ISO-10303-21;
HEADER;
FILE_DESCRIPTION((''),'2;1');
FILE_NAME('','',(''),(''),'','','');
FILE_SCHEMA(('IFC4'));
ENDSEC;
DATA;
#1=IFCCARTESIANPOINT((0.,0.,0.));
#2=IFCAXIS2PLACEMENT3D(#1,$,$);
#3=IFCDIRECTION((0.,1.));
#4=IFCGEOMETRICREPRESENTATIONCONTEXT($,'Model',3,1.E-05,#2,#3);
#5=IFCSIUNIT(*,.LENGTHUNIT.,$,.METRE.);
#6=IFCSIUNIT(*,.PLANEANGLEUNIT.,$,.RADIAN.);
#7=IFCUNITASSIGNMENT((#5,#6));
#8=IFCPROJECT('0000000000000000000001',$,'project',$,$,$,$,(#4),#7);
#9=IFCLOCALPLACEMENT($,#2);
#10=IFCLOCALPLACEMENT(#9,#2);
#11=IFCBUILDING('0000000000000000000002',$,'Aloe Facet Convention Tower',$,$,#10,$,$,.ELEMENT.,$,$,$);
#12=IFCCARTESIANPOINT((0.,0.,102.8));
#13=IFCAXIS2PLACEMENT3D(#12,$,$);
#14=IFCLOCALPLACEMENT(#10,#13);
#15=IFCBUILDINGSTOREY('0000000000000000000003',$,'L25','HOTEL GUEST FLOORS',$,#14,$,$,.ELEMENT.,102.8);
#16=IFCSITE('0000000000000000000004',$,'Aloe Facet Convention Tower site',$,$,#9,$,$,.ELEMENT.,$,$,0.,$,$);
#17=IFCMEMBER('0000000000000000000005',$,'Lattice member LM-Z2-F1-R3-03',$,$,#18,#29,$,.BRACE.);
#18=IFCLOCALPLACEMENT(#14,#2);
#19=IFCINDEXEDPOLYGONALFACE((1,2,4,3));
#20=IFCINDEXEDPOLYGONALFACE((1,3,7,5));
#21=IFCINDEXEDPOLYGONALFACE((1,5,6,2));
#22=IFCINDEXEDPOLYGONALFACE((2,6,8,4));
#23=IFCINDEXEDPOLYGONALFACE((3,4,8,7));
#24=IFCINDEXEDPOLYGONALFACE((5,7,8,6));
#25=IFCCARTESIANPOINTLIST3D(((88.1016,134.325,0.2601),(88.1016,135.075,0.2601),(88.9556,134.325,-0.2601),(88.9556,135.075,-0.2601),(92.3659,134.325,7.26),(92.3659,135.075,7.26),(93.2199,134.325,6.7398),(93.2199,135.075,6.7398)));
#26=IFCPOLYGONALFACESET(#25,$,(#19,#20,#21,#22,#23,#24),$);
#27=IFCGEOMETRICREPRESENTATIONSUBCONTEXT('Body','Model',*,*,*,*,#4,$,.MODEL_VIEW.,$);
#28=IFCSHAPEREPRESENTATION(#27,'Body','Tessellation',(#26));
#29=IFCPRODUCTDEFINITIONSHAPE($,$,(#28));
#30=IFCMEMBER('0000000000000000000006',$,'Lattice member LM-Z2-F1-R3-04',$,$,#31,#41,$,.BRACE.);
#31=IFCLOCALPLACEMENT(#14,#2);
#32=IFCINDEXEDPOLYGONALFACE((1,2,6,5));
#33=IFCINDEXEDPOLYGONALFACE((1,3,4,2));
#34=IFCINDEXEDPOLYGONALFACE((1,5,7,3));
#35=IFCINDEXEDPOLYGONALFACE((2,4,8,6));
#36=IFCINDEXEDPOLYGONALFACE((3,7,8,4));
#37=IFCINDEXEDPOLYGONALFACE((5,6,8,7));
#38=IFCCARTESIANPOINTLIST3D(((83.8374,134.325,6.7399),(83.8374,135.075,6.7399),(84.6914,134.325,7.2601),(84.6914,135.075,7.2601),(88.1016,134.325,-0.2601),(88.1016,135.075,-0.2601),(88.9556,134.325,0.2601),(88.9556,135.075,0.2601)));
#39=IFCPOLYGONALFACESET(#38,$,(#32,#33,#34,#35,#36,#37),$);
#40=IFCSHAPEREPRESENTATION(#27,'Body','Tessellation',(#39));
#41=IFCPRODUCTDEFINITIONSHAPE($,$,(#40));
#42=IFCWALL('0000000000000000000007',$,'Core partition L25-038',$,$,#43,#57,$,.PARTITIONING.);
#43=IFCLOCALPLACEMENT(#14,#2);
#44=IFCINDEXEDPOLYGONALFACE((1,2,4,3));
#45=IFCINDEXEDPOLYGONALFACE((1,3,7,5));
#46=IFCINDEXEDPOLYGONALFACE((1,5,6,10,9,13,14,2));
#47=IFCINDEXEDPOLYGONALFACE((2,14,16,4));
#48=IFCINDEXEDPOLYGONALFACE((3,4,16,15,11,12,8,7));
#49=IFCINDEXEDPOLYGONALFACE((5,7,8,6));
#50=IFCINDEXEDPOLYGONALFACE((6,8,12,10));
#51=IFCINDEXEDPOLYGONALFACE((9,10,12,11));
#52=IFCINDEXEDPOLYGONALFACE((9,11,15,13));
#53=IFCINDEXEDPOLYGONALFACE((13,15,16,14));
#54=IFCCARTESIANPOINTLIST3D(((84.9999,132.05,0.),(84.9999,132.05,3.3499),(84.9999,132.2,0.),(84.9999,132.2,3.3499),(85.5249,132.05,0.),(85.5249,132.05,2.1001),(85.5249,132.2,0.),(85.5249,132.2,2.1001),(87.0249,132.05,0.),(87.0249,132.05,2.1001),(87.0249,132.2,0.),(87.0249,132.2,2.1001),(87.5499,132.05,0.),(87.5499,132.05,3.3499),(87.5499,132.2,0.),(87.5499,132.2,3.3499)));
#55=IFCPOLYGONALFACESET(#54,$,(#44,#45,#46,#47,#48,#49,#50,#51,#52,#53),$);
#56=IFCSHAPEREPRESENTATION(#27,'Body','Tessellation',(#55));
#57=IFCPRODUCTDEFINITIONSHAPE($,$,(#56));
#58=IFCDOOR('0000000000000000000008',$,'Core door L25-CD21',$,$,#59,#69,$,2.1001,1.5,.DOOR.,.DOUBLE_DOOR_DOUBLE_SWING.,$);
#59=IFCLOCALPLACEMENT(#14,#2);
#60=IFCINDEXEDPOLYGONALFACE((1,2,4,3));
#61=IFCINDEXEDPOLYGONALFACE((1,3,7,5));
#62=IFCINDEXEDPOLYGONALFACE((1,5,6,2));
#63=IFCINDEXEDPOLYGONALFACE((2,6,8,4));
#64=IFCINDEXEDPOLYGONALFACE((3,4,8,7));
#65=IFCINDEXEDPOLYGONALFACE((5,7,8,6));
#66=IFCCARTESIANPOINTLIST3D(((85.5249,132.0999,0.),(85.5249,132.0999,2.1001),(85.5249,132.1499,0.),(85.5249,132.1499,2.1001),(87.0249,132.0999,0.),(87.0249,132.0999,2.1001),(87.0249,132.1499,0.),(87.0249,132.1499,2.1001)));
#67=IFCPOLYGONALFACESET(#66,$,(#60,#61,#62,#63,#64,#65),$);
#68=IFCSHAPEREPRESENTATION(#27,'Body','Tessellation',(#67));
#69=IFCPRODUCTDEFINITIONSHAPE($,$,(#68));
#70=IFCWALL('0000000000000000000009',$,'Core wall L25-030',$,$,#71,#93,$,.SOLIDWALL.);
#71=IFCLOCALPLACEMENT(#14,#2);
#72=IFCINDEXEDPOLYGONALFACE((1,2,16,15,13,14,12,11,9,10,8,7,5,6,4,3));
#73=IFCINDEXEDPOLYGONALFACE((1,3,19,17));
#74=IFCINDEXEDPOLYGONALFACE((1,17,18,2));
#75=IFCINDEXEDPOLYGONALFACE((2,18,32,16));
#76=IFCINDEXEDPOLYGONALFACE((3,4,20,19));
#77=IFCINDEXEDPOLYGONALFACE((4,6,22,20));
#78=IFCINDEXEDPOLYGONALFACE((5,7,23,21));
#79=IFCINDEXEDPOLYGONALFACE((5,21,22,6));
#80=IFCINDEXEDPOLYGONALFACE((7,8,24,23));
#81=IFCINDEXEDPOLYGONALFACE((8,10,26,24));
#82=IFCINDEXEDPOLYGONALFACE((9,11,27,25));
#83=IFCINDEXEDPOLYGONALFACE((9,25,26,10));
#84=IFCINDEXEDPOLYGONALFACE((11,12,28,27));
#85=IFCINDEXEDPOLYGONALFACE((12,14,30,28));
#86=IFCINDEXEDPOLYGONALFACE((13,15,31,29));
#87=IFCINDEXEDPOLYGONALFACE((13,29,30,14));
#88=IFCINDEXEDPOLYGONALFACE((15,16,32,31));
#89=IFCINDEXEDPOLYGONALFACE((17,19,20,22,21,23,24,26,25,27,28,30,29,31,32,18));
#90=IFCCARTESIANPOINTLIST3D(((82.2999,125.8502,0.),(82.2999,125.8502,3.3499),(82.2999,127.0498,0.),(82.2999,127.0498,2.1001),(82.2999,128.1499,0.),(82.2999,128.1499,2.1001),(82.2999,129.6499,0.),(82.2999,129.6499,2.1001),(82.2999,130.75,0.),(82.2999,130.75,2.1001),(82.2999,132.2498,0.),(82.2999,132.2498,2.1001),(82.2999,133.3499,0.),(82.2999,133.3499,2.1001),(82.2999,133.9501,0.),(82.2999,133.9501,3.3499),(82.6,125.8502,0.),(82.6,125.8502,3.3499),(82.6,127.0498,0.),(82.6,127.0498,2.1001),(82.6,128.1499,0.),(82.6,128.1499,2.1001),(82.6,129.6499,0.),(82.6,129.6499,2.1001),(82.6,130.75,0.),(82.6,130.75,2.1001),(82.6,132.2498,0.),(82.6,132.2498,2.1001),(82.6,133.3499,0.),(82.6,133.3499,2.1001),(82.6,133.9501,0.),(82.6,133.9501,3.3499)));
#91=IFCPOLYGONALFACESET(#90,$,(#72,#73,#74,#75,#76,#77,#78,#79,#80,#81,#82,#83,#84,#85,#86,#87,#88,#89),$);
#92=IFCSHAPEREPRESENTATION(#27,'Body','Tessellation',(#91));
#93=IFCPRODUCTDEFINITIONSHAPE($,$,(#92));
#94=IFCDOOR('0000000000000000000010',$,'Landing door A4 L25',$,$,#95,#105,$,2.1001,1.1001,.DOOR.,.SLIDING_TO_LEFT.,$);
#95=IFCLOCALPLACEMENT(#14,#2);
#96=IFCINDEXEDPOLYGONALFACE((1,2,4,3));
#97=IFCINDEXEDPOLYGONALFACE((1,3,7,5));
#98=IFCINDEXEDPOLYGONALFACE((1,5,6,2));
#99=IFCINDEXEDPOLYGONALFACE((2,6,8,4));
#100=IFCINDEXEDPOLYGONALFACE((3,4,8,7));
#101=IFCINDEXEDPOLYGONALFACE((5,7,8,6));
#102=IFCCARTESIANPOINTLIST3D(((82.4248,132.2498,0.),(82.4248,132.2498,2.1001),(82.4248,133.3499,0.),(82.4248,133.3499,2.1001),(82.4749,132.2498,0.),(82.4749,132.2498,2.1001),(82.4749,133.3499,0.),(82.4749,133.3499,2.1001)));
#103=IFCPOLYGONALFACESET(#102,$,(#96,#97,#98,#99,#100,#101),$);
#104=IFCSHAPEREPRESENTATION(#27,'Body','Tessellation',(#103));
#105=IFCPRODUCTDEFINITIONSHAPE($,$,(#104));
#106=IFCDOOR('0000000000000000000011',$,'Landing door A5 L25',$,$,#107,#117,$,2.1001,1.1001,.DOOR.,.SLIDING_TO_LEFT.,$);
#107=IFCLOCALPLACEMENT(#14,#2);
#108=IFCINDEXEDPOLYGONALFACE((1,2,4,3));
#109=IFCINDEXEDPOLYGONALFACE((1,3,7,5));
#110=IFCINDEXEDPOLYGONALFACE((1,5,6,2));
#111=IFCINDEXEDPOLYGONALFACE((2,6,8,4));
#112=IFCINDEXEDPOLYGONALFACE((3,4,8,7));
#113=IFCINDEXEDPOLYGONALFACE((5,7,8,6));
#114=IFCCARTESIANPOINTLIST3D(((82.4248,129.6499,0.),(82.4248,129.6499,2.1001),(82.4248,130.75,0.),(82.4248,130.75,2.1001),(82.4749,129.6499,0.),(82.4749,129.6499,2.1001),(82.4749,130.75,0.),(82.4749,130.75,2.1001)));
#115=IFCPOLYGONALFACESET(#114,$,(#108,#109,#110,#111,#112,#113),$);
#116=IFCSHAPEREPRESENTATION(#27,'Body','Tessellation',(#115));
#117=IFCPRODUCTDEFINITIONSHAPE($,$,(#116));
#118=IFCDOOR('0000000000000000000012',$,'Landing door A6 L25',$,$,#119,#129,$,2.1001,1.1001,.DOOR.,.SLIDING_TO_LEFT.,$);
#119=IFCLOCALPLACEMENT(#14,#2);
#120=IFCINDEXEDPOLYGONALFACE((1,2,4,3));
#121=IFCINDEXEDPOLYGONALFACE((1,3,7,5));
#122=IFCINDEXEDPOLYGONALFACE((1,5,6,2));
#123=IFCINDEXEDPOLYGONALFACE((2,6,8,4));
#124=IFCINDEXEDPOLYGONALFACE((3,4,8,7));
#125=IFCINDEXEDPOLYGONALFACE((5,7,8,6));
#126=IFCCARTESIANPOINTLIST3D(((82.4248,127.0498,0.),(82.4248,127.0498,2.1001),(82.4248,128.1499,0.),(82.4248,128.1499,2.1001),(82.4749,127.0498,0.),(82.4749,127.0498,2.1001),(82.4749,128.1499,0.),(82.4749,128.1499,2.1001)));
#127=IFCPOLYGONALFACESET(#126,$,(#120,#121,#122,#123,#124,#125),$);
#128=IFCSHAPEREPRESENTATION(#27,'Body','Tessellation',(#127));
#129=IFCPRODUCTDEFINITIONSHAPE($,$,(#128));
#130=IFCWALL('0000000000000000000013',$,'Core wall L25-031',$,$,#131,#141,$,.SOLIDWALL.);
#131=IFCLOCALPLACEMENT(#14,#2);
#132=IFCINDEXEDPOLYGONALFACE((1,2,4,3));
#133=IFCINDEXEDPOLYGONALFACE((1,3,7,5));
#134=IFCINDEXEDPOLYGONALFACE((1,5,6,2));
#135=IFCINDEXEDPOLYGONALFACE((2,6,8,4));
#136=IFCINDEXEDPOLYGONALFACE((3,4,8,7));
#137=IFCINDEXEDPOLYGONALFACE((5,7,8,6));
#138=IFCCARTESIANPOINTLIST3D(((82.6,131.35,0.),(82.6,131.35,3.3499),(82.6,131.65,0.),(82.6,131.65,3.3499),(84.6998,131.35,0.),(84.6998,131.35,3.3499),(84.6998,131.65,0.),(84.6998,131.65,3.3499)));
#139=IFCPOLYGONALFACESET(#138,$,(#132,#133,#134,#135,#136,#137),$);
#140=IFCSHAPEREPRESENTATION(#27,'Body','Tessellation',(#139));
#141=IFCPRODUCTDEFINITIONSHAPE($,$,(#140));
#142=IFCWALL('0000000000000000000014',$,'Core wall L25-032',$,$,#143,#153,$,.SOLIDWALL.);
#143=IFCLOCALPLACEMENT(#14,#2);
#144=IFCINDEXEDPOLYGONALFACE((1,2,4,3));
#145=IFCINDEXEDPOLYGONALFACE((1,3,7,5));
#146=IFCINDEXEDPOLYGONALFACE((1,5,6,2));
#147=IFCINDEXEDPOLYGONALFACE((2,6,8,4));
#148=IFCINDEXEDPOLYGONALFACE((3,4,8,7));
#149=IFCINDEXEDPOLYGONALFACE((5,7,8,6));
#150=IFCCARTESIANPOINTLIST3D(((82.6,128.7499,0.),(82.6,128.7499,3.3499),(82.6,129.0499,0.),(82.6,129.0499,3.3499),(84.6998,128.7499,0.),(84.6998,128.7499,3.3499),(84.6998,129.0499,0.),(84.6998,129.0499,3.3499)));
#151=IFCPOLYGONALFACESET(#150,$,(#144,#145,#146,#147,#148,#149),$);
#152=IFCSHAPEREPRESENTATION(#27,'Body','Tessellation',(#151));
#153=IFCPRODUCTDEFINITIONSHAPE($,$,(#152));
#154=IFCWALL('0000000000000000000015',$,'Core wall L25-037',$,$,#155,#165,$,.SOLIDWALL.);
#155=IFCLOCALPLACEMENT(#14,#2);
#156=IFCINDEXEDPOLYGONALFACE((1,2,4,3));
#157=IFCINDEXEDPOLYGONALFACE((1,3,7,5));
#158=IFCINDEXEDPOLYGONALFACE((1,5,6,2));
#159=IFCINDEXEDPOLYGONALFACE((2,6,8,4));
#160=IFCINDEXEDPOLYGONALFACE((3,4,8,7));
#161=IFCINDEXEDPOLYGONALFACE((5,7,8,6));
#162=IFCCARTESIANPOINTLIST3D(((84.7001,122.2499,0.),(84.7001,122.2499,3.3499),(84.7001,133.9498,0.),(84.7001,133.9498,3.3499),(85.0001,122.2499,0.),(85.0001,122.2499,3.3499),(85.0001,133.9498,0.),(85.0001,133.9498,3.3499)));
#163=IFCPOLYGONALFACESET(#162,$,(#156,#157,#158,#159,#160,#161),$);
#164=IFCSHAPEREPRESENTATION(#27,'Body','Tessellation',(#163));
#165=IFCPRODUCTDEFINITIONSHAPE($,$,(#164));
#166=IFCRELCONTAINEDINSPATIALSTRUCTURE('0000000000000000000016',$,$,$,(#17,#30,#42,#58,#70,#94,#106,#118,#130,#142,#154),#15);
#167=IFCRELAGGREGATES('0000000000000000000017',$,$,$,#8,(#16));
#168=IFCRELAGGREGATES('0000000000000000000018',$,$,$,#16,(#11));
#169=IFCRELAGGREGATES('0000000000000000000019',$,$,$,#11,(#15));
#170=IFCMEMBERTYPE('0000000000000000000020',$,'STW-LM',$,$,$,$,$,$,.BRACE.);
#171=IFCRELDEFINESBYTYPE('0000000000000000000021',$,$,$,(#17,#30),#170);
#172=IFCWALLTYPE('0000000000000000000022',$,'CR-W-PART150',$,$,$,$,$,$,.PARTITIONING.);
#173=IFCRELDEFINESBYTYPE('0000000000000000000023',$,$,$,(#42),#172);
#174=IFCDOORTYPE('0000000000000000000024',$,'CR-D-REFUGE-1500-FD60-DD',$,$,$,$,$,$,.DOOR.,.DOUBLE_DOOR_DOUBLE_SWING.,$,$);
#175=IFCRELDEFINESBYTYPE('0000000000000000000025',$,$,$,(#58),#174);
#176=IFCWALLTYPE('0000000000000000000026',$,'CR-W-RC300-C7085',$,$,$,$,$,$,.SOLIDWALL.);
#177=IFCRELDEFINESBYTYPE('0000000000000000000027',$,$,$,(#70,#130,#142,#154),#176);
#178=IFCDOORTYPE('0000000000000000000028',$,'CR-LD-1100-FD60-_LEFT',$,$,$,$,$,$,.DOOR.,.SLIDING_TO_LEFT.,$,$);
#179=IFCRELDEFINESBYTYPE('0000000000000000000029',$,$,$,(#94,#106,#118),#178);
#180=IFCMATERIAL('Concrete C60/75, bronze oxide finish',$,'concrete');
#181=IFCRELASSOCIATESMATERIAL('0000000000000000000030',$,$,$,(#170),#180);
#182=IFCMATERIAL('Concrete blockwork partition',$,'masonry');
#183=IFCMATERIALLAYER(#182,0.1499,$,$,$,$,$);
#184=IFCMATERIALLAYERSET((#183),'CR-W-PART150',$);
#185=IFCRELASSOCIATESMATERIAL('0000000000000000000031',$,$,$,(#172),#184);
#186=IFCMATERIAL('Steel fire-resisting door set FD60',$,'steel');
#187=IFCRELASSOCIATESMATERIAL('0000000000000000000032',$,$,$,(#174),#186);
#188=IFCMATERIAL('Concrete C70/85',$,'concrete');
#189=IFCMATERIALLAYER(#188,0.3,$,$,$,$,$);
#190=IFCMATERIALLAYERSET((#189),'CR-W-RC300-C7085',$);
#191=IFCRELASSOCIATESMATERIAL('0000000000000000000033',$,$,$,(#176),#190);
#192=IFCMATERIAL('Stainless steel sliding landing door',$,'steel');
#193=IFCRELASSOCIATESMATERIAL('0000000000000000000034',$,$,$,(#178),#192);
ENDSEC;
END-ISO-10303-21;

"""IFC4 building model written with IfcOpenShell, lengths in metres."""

from ifc_helpers import new_model, si_unit, direction, frame, frame_2d, origin, origin_2d, place, context, subcontext, project, spatial, rectangle, extrude, material, layer, layer_set, material_profile, profile_set, type_object, element, fill, save


model = new_model("IFC4")

# Units and contexts
model_context = context("Model", 3, precision=1e-05, world=origin(), true_north=direction((0.0, 1.0)))
body_context = subcontext(model_context, "Body", "Model", "MODEL_VIEW")
ifc_project = project(units=[si_unit("LENGTHUNIT", "METRE"), si_unit("PLANEANGLEUNIT", "RADIAN")], contexts=[model_context])

# Site, building, storey
site_placement = place(None, origin())
site = spatial("IfcSite", under=ifc_project, at=site_placement, Name="Aloe Facet Convention Tower site", CompositionType="ELEMENT", RefElevation=0.0)
building_placement = place(site_placement, origin())
building = spatial("IfcBuilding", under=site, at=building_placement, Name="Aloe Facet Convention Tower", CompositionType="ELEMENT")
storey_placement = place(building_placement, frame((0.0, 0.0, 102.8)))
storey = spatial("IfcBuildingStorey", under=building, at=storey_placement, Name="L25", Description="HOTEL GUEST FLOORS", CompositionType="ELEMENT", Elevation=102.8)

# Members
ifc_material_1 = material(Name="Concrete C60/75, bronze oxide finish", Category="concrete")
ifc_material_profile = material_profile(ifc_material_1, rectangle(XDim=0.75, YDim=1.0, at=origin_2d()), Name="STW-LM")
ifc_profile_set = profile_set([ifc_material_profile], Name="Concrete C60/75, bronze oxide finish")
member_type = type_object("IfcMemberType", Name="STW-LM", PredefinedType="BRACE", material=ifc_profile_set)
for number, where, z_axis, x_axis, name in (
    (1, (88.5286, 134.7, 0.0), (0.520262, 0.0, 0.854007), (0.0, 1.0, 0.0), "Lattice member LM-Z2-F1-R3-03"),
    (2, (88.5286, 134.7, 0.0), (-0.52024, 0.0, 0.85402), (0.0, -1.0, 0.0), "Lattice member LM-Z2-F1-R3-04"),
):
    element("IfcMember", number, at=place(storey_placement, frame(where, z_axis=z_axis, x_axis=x_axis)), inside=storey, type_object=member_type, Name=name, PredefinedType="BRACE", context=body_context, shape_type="SweptSolid", body=[
        extrude(rectangle(XDim=0.75, YDim=1.0, at=origin_2d()), origin(), (0.0, 0.0, 1.0), 8.1965),
    ])

# Wall, opening, door
ifc_material_2 = material(Name="Concrete blockwork partition", Category="masonry")
ifc_layer_1 = layer(ifc_material_2, 0.1499)
ifc_layer_set_1 = layer_set([ifc_layer_1], Name="CR-W-PART150")
wall_type_1 = type_object("IfcWallType", Name="CR-W-PART150", PredefinedType="PARTITIONING", material=ifc_layer_set_1)
wall_1_placement = place(storey_placement, frame((85.0, 132.125, 0.0), z_axis=(0.0, 0.0, 1.0), x_axis=(1.0, 0.0, 0.0)))
wall_1 = element("IfcWall", 3, at=wall_1_placement, inside=storey, type_object=wall_type_1, Name="Core partition L25-038", PredefinedType="PARTITIONING", context=body_context, shape_type="SweptSolid", body=[
    extrude(rectangle(XDim=2.55, YDim=0.1499, at=frame_2d((1.2749, 0.0))), origin(), (0.0, 0.0, 1.0), 3.3499),
])
opening_1_placement = place(wall_1_placement, frame((0.5249, 0.0, 0.0)))
opening_1 = element("IfcOpeningElement", 4, at=opening_1_placement, cuts=wall_1, PredefinedType="OPENING", context=body_context, shape_type="SweptSolid", body=[
    extrude(rectangle(XDim=1.5, YDim=2.1001, at=frame_2d((0.75, 1.05))), frame((0.0, 0.085, 0.0), z_axis=(0.0, -1.0, 0.0), x_axis=(1.0, 0.0, 0.0)), (0.0, 0.0, 1.0), 0.1699),
])
ifc_material_3 = material(Name="Steel fire-resisting door set FD60", Category="steel")
door_type_1 = type_object("IfcDoorType", Name="CR-D-REFUGE-1500-FD60-DD", OperationType="DOUBLE_DOOR_DOUBLE_SWING", PredefinedType="DOOR", material=ifc_material_3)
door_1_placement = place(opening_1_placement, origin())
door_1 = element("IfcDoor", 5, at=door_1_placement, inside=storey, type_object=door_type_1, Name="Core door L25-CD21", OperationType="DOUBLE_DOOR_DOUBLE_SWING", OverallHeight=2.1001, OverallWidth=1.5, PredefinedType="DOOR", context=body_context, shape_type="SweptSolid", body=[
    extrude(rectangle(XDim=1.5, YDim=2.1001, at=frame_2d((0.75, 1.05))), frame((0.0, 0.0249, 0.0), z_axis=(0.0, -1.0, 0.0), x_axis=(1.0, 0.0, 0.0)), (0.0, 0.0, 1.0), 0.05),
])
fill(opening_1, door_1)

# Wall, openings, doors
ifc_material_4 = material(Name="Concrete C70/85", Category="concrete")
ifc_layer_2 = layer(ifc_material_4, 0.3)
ifc_layer_set_2 = layer_set([ifc_layer_2], Name="CR-W-RC300-C7085")
wall_type_2 = type_object("IfcWallType", Name="CR-W-RC300-C7085", PredefinedType="SOLIDWALL", material=ifc_layer_set_2)
wall_2_placement = place(storey_placement, frame((82.45, 133.95, 0.0), z_axis=(0.0, 0.0, 1.0), x_axis=(0.0, -1.0, 0.0)))
wall_2 = element("IfcWall", 6, at=wall_2_placement, inside=storey, type_object=wall_type_2, Name="Core wall L25-030", PredefinedType="SOLIDWALL", context=body_context, shape_type="SweptSolid", body=[
    extrude(rectangle(XDim=8.0999, YDim=0.3, at=frame_2d((4.0498, 0.0))), origin(), (0.0, 0.0, 1.0), 3.3499),
])
opening_2_placement = place(wall_2_placement, frame((0.6001, 0.0, 0.0)))
opening_2 = element("IfcOpeningElement", 7, at=opening_2_placement, cuts=wall_2, PredefinedType="OPENING", context=body_context, shape_type="SweptSolid", body=[
    extrude(rectangle(XDim=1.1001, YDim=2.1001, at=frame_2d((0.55, 1.05))), frame((0.0, 0.1602, 0.0), z_axis=(0.0, -1.0, 0.0), x_axis=(1.0, 0.0, 0.0)), (0.0, 0.0, 1.0), 0.3201),
])
opening_3_placement = place(wall_2_placement, frame((3.2, 0.0, 0.0)))
opening_3 = element("IfcOpeningElement", 8, at=opening_3_placement, cuts=wall_2, PredefinedType="OPENING", context=body_context, shape_type="SweptSolid", body=[
    extrude(rectangle(XDim=1.1001, YDim=2.1001, at=frame_2d((0.55, 1.05))), frame((0.0, 0.1602, 0.0), z_axis=(0.0, -1.0, 0.0), x_axis=(1.0, 0.0, 0.0)), (0.0, 0.0, 1.0), 0.3201),
])
opening_4_placement = place(wall_2_placement, frame((5.8, 0.0, 0.0)))
opening_4 = element("IfcOpeningElement", 9, at=opening_4_placement, cuts=wall_2, PredefinedType="OPENING", context=body_context, shape_type="SweptSolid", body=[
    extrude(rectangle(XDim=1.1001, YDim=2.1001, at=frame_2d((0.55, 1.05))), frame((0.0, 0.1602, 0.0), z_axis=(0.0, -1.0, 0.0), x_axis=(1.0, 0.0, 0.0)), (0.0, 0.0, 1.0), 0.3201),
])
ifc_material_5 = material(Name="Stainless steel sliding landing door", Category="steel")
door_type_2 = type_object("IfcDoorType", Name="CR-LD-1100-FD60-_LEFT", OperationType="SLIDING_TO_LEFT", PredefinedType="DOOR", material=ifc_material_5)
door_2_placement = place(opening_2_placement, origin())
door_2 = element("IfcDoor", 10, at=door_2_placement, inside=storey, type_object=door_type_2, Name="Landing door A4 L25", OperationType="SLIDING_TO_LEFT", OverallHeight=2.1001, OverallWidth=1.1001, PredefinedType="DOOR", context=body_context, shape_type="SweptSolid", body=[
    extrude(rectangle(XDim=1.1001, YDim=2.1001, at=frame_2d((0.55, 1.05))), frame((0.0, 0.0249, 0.0), z_axis=(0.0, -1.0, 0.0), x_axis=(1.0, 0.0, 0.0)), (0.0, 0.0, 1.0), 0.05),
])
fill(opening_2, door_2)
door_3_placement = place(opening_3_placement, origin())
door_3 = element("IfcDoor", 11, at=door_3_placement, inside=storey, type_object=door_type_2, Name="Landing door A5 L25", OperationType="SLIDING_TO_LEFT", OverallHeight=2.1001, OverallWidth=1.1001, PredefinedType="DOOR", context=body_context, shape_type="SweptSolid", body=[
    extrude(rectangle(XDim=1.1001, YDim=2.1001, at=frame_2d((0.55, 1.05))), frame((0.0, 0.0249, 0.0), z_axis=(0.0, -1.0, 0.0), x_axis=(1.0, 0.0, 0.0)), (0.0, 0.0, 1.0), 0.05),
])
fill(opening_3, door_3)
door_4_placement = place(opening_4_placement, origin())
door_4 = element("IfcDoor", 12, at=door_4_placement, inside=storey, type_object=door_type_2, Name="Landing door A6 L25", OperationType="SLIDING_TO_LEFT", OverallHeight=2.1001, OverallWidth=1.1001, PredefinedType="DOOR", context=body_context, shape_type="SweptSolid", body=[
    extrude(rectangle(XDim=1.1001, YDim=2.1001, at=frame_2d((0.55, 1.05))), frame((0.0, 0.0249, 0.0), z_axis=(0.0, -1.0, 0.0), x_axis=(1.0, 0.0, 0.0)), (0.0, 0.0, 1.0), 0.05),
])
fill(opening_4, door_4)

# Walls
for number, where, z_axis, x_axis, name in (
    (13, (82.6001, 131.5, 0.0), (0.0, 0.0, 1.0), (1.0, 0.0, 0.0), "Core wall L25-031"),
    (14, (82.6001, 128.8999, 0.0), (0.0, 0.0, 1.0), (1.0, 0.0, 0.0), "Core wall L25-032"),
):
    element("IfcWall", number, at=place(storey_placement, frame(where, z_axis=z_axis, x_axis=x_axis)), inside=storey, type_object=wall_type_2, Name=name, PredefinedType="SOLIDWALL", context=body_context, shape_type="SweptSolid", body=[
        extrude(rectangle(XDim=2.0999, YDim=0.3, at=frame_2d((1.0498, 0.0))), origin(), (0.0, 0.0, 1.0), 3.3499),
    ])
wall_3_placement = place(storey_placement, frame((84.8501, 133.95, 0.0), z_axis=(0.0, 0.0, 1.0), x_axis=(0.0, -1.0, 0.0)))
element("IfcWall", 15, at=wall_3_placement, inside=storey, type_object=wall_type_2, Name="Core wall L25-037", PredefinedType="SOLIDWALL", context=body_context, shape_type="SweptSolid", body=[
    extrude(rectangle(XDim=11.7, YDim=0.3, at=frame_2d((5.8501, 0.0))), origin(), (0.0, 0.0, 1.0), 3.3499),
])

save(model, "model.ifc")
